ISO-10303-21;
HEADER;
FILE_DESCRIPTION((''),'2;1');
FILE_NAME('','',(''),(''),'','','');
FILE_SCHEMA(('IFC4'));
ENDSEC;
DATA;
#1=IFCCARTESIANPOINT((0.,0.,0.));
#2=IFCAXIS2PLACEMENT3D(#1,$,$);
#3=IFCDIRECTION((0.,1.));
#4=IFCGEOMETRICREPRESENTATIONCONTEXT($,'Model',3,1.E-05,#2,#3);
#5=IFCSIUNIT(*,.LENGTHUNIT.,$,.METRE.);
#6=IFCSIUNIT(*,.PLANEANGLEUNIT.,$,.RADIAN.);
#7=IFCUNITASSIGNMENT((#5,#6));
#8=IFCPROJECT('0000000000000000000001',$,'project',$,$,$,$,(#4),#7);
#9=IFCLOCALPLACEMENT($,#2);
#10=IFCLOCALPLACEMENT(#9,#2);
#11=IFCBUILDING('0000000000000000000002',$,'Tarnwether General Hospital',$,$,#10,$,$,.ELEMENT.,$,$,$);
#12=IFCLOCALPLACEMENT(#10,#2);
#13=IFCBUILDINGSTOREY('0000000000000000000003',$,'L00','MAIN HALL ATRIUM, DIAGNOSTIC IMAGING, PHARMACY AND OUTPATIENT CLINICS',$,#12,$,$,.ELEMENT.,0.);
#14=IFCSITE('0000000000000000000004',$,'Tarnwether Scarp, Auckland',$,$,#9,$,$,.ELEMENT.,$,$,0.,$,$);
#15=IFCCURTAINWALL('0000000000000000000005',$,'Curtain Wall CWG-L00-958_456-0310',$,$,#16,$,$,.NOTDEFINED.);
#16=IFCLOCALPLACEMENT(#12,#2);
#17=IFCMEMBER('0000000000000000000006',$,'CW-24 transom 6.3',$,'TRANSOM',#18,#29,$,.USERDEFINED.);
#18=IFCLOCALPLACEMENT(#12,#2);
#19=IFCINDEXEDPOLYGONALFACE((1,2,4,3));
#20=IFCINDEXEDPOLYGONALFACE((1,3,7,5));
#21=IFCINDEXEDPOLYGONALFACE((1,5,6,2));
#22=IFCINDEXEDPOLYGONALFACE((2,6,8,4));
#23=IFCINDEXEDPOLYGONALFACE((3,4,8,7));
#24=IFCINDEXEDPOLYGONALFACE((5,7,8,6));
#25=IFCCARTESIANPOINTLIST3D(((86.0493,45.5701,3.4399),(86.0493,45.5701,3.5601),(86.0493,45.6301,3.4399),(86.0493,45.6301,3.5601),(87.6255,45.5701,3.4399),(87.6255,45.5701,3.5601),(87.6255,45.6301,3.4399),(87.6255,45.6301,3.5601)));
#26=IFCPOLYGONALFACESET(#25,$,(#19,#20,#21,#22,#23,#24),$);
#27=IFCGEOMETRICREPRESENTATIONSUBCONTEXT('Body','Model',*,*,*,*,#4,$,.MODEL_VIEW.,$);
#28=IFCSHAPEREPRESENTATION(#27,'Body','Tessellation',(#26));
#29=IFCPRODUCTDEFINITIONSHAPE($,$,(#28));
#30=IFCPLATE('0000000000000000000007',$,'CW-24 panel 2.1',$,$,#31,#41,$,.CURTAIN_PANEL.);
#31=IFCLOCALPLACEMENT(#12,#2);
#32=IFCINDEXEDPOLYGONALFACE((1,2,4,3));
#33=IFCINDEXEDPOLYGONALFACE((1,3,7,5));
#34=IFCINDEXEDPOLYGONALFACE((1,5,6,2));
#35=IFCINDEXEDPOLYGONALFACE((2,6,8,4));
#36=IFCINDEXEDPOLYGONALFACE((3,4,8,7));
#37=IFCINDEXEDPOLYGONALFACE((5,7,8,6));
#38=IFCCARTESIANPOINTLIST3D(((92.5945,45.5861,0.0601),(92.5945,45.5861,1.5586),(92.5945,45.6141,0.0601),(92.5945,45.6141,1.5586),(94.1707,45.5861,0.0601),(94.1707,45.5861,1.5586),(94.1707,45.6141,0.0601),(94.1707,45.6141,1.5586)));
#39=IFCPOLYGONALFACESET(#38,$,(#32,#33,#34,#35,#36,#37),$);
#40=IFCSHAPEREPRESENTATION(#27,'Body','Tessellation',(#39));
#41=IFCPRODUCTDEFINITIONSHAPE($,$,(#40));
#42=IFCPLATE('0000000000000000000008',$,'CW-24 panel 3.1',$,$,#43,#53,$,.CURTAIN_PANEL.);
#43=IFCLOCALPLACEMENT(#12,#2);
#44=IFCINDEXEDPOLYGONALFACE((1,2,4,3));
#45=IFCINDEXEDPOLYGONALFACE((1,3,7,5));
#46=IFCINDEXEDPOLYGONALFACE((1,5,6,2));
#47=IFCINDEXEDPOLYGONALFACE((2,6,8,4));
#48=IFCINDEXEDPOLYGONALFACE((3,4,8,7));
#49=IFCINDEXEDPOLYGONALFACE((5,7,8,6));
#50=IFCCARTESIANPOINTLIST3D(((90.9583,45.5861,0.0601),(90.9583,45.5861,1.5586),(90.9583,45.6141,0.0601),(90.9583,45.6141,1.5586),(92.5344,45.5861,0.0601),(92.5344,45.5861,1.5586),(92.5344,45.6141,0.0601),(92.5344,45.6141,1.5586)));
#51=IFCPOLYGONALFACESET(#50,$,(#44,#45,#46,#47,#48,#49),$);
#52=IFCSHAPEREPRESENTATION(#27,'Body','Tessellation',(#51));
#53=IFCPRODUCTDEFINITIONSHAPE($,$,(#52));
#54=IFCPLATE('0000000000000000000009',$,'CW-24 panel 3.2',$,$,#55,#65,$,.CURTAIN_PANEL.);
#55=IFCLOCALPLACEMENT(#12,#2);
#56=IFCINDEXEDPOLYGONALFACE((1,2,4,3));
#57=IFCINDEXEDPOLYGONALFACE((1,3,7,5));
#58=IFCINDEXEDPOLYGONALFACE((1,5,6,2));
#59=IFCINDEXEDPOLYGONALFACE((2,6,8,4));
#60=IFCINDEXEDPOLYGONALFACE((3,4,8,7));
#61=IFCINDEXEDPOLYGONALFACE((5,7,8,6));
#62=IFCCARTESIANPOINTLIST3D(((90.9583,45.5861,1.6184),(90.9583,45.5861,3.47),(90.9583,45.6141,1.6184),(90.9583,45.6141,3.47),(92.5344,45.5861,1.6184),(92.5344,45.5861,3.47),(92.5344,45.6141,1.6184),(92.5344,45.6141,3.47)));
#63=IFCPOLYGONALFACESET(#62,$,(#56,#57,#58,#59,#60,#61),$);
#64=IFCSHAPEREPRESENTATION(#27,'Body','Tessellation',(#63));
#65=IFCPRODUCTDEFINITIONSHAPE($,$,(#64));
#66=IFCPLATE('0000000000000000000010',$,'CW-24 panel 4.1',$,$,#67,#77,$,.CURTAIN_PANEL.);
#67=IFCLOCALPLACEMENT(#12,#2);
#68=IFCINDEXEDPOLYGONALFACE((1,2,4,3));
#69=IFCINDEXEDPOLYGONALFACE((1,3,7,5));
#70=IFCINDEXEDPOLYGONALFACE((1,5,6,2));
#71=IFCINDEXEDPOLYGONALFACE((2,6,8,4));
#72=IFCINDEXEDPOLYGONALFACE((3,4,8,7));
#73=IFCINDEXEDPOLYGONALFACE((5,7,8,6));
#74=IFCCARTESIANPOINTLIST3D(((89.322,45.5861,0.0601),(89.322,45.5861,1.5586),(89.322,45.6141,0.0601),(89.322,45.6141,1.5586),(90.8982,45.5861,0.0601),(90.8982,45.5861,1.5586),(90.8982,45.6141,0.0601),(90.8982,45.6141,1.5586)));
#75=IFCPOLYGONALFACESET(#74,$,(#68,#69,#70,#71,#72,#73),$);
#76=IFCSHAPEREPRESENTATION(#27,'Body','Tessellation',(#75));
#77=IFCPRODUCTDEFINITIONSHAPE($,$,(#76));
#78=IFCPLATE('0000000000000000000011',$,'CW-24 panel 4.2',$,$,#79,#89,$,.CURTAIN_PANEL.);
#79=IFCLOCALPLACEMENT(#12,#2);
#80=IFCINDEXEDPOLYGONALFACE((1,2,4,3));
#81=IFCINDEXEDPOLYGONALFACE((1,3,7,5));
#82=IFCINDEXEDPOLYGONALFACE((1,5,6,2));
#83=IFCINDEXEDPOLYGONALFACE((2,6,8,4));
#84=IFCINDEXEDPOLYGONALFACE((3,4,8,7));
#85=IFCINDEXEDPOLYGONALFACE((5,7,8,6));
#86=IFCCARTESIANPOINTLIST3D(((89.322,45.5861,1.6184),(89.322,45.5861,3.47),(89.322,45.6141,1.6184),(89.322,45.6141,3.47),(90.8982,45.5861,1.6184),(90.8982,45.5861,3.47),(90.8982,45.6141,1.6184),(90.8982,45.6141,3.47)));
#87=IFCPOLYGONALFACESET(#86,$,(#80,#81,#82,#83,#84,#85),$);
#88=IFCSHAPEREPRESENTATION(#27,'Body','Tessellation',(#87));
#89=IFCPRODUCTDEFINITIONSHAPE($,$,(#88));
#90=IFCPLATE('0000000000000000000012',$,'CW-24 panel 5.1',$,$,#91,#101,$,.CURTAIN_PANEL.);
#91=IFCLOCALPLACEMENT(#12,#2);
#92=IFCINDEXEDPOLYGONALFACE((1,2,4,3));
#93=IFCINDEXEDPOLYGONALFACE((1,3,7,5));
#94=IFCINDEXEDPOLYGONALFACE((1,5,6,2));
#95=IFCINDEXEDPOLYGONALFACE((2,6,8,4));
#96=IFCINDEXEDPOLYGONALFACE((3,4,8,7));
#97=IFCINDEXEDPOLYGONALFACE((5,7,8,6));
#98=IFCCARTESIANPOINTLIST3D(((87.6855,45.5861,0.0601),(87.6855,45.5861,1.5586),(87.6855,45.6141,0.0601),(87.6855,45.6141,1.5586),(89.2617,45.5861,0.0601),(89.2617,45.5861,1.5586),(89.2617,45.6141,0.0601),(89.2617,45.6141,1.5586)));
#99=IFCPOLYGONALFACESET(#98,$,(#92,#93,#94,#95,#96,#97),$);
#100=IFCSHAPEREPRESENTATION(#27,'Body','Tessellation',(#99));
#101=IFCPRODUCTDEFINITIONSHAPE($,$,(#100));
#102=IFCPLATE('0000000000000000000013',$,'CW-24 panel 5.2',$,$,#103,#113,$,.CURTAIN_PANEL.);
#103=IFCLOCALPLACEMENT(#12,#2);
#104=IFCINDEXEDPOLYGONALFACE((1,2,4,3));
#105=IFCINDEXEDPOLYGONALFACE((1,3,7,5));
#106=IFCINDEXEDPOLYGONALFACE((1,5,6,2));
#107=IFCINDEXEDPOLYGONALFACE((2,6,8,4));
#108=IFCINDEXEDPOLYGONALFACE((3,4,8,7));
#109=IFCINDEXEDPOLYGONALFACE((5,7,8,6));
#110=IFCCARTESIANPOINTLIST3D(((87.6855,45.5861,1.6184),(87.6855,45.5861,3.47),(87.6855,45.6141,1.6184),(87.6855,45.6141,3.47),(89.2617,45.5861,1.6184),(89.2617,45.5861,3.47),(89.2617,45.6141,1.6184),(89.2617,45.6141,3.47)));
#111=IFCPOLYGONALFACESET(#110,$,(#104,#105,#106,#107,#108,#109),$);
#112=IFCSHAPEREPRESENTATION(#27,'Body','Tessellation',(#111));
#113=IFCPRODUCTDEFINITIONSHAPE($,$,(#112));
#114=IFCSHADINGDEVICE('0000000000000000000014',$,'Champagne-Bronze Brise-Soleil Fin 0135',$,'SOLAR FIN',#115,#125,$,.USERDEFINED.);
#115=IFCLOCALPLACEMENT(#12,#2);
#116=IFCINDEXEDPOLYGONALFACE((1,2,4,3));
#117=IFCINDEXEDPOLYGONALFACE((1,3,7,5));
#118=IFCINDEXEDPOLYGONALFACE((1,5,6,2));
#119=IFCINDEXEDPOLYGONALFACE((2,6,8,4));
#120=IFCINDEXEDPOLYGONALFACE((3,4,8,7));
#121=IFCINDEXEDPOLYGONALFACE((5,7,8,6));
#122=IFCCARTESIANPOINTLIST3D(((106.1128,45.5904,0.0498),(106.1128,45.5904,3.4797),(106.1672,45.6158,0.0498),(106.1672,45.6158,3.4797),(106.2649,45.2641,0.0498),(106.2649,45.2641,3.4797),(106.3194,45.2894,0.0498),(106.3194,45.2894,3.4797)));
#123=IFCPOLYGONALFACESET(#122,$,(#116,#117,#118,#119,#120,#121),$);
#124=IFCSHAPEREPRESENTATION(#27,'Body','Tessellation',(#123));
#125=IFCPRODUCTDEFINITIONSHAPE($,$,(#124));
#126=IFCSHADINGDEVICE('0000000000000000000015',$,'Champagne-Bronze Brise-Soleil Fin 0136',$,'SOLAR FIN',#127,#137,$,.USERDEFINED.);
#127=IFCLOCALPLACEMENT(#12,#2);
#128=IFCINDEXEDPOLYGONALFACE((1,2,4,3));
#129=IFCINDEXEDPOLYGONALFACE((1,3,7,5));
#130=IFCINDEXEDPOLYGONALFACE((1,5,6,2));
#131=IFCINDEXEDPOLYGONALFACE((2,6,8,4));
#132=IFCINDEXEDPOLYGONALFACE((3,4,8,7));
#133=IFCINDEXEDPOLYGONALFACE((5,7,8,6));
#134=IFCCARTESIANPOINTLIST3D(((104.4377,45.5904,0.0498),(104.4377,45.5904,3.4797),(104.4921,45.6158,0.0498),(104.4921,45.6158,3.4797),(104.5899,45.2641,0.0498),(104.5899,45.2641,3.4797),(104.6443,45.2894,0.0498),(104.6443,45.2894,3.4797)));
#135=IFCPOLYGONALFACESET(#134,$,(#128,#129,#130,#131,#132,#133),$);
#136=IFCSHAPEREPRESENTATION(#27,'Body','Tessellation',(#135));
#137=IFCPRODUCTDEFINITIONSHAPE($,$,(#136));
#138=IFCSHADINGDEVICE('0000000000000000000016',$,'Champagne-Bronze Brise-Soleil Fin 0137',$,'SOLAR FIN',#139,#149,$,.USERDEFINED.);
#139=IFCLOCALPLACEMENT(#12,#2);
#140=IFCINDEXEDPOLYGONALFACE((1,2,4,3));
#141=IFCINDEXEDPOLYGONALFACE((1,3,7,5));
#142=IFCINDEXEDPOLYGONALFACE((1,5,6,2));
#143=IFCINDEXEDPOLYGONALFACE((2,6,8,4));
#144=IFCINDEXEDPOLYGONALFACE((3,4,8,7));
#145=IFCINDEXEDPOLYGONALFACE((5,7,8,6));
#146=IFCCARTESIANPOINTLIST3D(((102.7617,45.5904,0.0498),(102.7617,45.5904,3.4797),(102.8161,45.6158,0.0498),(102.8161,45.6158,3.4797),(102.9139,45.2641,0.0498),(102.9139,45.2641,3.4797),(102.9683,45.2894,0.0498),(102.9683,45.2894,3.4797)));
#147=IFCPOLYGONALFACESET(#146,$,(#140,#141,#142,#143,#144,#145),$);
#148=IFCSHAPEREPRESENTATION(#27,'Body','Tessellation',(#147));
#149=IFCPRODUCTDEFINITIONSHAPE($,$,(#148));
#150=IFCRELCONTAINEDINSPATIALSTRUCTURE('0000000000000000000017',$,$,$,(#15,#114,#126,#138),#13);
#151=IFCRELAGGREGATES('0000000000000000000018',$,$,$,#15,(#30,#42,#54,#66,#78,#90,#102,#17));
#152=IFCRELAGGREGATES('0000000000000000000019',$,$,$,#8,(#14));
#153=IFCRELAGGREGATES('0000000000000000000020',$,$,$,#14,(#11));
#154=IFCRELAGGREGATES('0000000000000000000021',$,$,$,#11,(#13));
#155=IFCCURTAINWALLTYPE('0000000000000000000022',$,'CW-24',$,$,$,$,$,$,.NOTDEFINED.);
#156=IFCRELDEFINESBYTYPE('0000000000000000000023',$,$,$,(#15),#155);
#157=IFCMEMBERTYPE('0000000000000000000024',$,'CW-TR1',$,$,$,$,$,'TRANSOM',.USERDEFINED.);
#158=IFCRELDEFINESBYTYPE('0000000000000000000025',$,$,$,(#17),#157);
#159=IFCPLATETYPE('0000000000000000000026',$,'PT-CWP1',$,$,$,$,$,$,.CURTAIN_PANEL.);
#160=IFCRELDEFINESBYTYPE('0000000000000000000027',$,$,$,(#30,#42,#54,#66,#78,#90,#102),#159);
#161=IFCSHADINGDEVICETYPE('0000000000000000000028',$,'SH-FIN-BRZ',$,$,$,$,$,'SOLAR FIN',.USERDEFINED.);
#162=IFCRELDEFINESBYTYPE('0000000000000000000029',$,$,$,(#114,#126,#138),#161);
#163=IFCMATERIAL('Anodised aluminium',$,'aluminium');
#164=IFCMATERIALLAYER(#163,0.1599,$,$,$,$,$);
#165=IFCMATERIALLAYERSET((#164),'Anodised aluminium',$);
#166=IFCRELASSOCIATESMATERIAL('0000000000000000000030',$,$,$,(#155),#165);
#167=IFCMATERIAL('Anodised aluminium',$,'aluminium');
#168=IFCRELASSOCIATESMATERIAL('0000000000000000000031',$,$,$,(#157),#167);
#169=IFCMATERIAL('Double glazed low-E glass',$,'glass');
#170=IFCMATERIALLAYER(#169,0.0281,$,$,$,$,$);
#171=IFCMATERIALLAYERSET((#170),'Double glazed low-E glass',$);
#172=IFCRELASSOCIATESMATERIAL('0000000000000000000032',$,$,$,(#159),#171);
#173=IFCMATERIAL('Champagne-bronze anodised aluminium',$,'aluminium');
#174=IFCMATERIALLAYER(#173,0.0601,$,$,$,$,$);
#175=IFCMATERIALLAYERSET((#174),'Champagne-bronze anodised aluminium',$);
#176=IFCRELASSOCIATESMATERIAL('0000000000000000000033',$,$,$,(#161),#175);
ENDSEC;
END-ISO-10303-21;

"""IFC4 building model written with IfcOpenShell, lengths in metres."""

from ifc_helpers import new_model, si_unit, direction, frame, origin, origin_2d, place, context, subcontext, project, spatial, rectangle, extrude, material, layer, layer_set, material_profile, profile_set, type_object, element, aggregate, save


model = new_model("IFC4")

# Units and contexts
model_context = context("Model", 3, precision=1e-05, world=origin(), true_north=direction((0.0, 1.0)))
body_context = subcontext(model_context, "Body", "Model", "MODEL_VIEW")
ifc_project = project(units=[si_unit("LENGTHUNIT", "METRE"), si_unit("PLANEANGLEUNIT", "RADIAN")], contexts=[model_context])

# Site, building, storey
site_placement = place(None, origin())
site = spatial("IfcSite", under=ifc_project, at=site_placement, Name="Tarnwether Scarp, Auckland", CompositionType="ELEMENT", RefElevation=0.0)
building_placement = place(site_placement, origin())
building = spatial("IfcBuilding", under=site, at=building_placement, Name="Tarnwether General Hospital", CompositionType="ELEMENT")
storey_placement = place(building_placement, origin())
storey = spatial("IfcBuildingStorey", under=building, at=storey_placement, Name="L00", Description="MAIN HALL ATRIUM, DIAGNOSTIC IMAGING, PHARMACY AND OUTPATIENT CLINICS", CompositionType="ELEMENT", Elevation=0.0)

# Curtain wall, member, plates
ifc_material_1 = material(Name="Anodised aluminium", Category="aluminium")
ifc_layer_1 = layer(ifc_material_1, 0.1599)
ifc_layer_set_1 = layer_set([ifc_layer_1], Name="Anodised aluminium")
curtain_wall_type = type_object("IfcCurtainWallType", Name="CW-24", PredefinedType="NOTDEFINED", material=ifc_layer_set_1)
curtain_wall_placement = place(storey_placement, origin())
curtain_wall = element("IfcCurtainWall", 1, at=curtain_wall_placement, inside=storey, type_object=curtain_wall_type, Name="Curtain Wall CWG-L00-958_456-0310", PredefinedType="NOTDEFINED")
ifc_material_2 = material(Name="Anodised aluminium", Category="aluminium")
ifc_material_profile_1 = material_profile(ifc_material_2, rectangle(XDim=0.0601, YDim=0.1201, at=origin_2d()), Name="ALU-TRN-60x120")
ifc_profile_set_1 = profile_set([ifc_material_profile_1], Name="Anodised aluminium")
member_type_1 = type_object("IfcMemberType", Name="CW-TR1", ElementType="TRANSOM", PredefinedType="USERDEFINED", material=ifc_profile_set_1)
member_1_placement = place(storey_placement, frame((87.6255, 45.6001, 3.5), z_axis=(-1.0, 0.0, 0.0), x_axis=(0.0, -1.0, 0.0)))
member_1 = element("IfcMember", 2, at=member_1_placement, type_object=member_type_1, Name="CW-24 transom 6.3", ObjectType="TRANSOM", PredefinedType="USERDEFINED", context=body_context, shape_type="SweptSolid", body=[
    extrude(rectangle(XDim=0.0601, YDim=0.1201, at=origin_2d()), origin(), (0.0, 0.0, 1.0), 1.5762),
])
ifc_material_3 = material(Name="Double glazed low-E glass", Category="glass")
ifc_layer_2 = layer(ifc_material_3, 0.0281)
ifc_layer_set_2 = layer_set([ifc_layer_2], Name="Double glazed low-E glass")
plate_type = type_object("IfcPlateType", Name="PT-CWP1", PredefinedType="CURTAIN_PANEL", material=ifc_layer_set_2)
plate_1_placement = place(storey_placement, frame((93.3826, 45.6001, 0.0601), z_axis=(0.0, 0.0, 1.0), x_axis=(-1.0, 0.0, 0.0)))
plate_1 = element("IfcPlate", 3, at=plate_1_placement, type_object=plate_type, Name="CW-24 panel 2.1", PredefinedType="CURTAIN_PANEL", context=body_context, shape_type="SweptSolid", body=[
    extrude(rectangle(XDim=1.5762, YDim=0.0281, at=origin_2d()), origin(), (0.0, 0.0, 1.0), 1.4985),
])
plate_2_placement = place(storey_placement, frame((91.7463, 45.6001, 0.0601), z_axis=(0.0, 0.0, 1.0), x_axis=(-1.0, 0.0, 0.0)))
plate_2 = element("IfcPlate", 4, at=plate_2_placement, type_object=plate_type, Name="CW-24 panel 3.1", PredefinedType="CURTAIN_PANEL", context=body_context, shape_type="SweptSolid", body=[
    extrude(rectangle(XDim=1.5762, YDim=0.0281, at=origin_2d()), origin(), (0.0, 0.0, 1.0), 1.4985),
])
plate_3_placement = place(storey_placement, frame((91.7463, 45.6001, 1.6184), z_axis=(0.0, 0.0, 1.0), x_axis=(-1.0, 0.0, 0.0)))
plate_3 = element("IfcPlate", 5, at=plate_3_placement, type_object=plate_type, Name="CW-24 panel 3.2", PredefinedType="CURTAIN_PANEL", context=body_context, shape_type="SweptSolid", body=[
    extrude(rectangle(XDim=1.5762, YDim=0.0281, at=origin_2d()), origin(), (0.0, 0.0, 1.0), 1.8516),
])
plate_4_placement = place(storey_placement, frame((90.1101, 45.6001, 0.0601), z_axis=(0.0, 0.0, 1.0), x_axis=(-1.0, 0.0, 0.0)))
plate_4 = element("IfcPlate", 6, at=plate_4_placement, type_object=plate_type, Name="CW-24 panel 4.1", PredefinedType="CURTAIN_PANEL", context=body_context, shape_type="SweptSolid", body=[
    extrude(rectangle(XDim=1.5762, YDim=0.0281, at=origin_2d()), origin(), (0.0, 0.0, 1.0), 1.4985),
])
plate_5_placement = place(storey_placement, frame((90.1101, 45.6001, 1.6184), z_axis=(0.0, 0.0, 1.0), x_axis=(-1.0, 0.0, 0.0)))
plate_5 = element("IfcPlate", 7, at=plate_5_placement, type_object=plate_type, Name="CW-24 panel 4.2", PredefinedType="CURTAIN_PANEL", context=body_context, shape_type="SweptSolid", body=[
    extrude(rectangle(XDim=1.5762, YDim=0.0281, at=origin_2d()), origin(), (0.0, 0.0, 1.0), 1.8516),
])
plate_6_placement = place(storey_placement, frame((88.4736, 45.6001, 0.0601), z_axis=(0.0, 0.0, 1.0), x_axis=(-1.0, 0.0, 0.0)))
plate_6 = element("IfcPlate", 8, at=plate_6_placement, type_object=plate_type, Name="CW-24 panel 5.1", PredefinedType="CURTAIN_PANEL", context=body_context, shape_type="SweptSolid", body=[
    extrude(rectangle(XDim=1.5762, YDim=0.0281, at=origin_2d()), origin(), (0.0, 0.0, 1.0), 1.4985),
])
plate_7_placement = place(storey_placement, frame((88.4736, 45.6001, 1.6184), z_axis=(0.0, 0.0, 1.0), x_axis=(-1.0, 0.0, 0.0)))
plate_7 = element("IfcPlate", 9, at=plate_7_placement, type_object=plate_type, Name="CW-24 panel 5.2", PredefinedType="CURTAIN_PANEL", context=body_context, shape_type="SweptSolid", body=[
    extrude(rectangle(XDim=1.5762, YDim=0.0281, at=origin_2d()), origin(), (0.0, 0.0, 1.0), 1.8516),
])
aggregate(curtain_wall, [plate_1, plate_2, plate_3, plate_4, plate_5, plate_6, plate_7, member_1])

# Shading devices
ifc_material_4 = material(Name="Champagne-bronze anodised aluminium", Category="aluminium")
ifc_layer_3 = layer(ifc_material_4, 0.0601)
ifc_layer_set_3 = layer_set([ifc_layer_3], Name="Champagne-bronze anodised aluminium")
shading_device_type = type_object("IfcShadingDeviceType", Name="SH-FIN-BRZ", ElementType="SOLAR FIN", PredefinedType="USERDEFINED", material=ifc_layer_set_3)
for number, where, z_axis, x_axis, name in (
    (10, (106.2161, 45.4399, 0.0498), (0.0, 0.0, 1.0), (-0.906308, -0.422618, 0.0), "Champagne-Bronze Brise-Soleil Fin 0135"),
    (11, (104.541, 45.4399, 0.0498), (0.0, 0.0, 1.0), (-0.906308, -0.422618, 0.0), "Champagne-Bronze Brise-Soleil Fin 0136"),
    (12, (102.865, 45.4399, 0.0498), (0.0, 0.0, 1.0), (-0.906308, -0.422618, 0.0), "Champagne-Bronze Brise-Soleil Fin 0137"),
):
    element("IfcShadingDevice", number, at=place(storey_placement, frame(where, z_axis=z_axis, x_axis=x_axis)), inside=storey, type_object=shading_device_type, Name=name, ObjectType="SOLAR FIN", PredefinedType="USERDEFINED", context=body_context, shape_type="SweptSolid", body=[
        extrude(rectangle(XDim=0.0601, YDim=0.3601, at=origin_2d()), origin(), (0.0, 0.0, 1.0), 3.4299),
    ])

save(model, "model.ifc")
